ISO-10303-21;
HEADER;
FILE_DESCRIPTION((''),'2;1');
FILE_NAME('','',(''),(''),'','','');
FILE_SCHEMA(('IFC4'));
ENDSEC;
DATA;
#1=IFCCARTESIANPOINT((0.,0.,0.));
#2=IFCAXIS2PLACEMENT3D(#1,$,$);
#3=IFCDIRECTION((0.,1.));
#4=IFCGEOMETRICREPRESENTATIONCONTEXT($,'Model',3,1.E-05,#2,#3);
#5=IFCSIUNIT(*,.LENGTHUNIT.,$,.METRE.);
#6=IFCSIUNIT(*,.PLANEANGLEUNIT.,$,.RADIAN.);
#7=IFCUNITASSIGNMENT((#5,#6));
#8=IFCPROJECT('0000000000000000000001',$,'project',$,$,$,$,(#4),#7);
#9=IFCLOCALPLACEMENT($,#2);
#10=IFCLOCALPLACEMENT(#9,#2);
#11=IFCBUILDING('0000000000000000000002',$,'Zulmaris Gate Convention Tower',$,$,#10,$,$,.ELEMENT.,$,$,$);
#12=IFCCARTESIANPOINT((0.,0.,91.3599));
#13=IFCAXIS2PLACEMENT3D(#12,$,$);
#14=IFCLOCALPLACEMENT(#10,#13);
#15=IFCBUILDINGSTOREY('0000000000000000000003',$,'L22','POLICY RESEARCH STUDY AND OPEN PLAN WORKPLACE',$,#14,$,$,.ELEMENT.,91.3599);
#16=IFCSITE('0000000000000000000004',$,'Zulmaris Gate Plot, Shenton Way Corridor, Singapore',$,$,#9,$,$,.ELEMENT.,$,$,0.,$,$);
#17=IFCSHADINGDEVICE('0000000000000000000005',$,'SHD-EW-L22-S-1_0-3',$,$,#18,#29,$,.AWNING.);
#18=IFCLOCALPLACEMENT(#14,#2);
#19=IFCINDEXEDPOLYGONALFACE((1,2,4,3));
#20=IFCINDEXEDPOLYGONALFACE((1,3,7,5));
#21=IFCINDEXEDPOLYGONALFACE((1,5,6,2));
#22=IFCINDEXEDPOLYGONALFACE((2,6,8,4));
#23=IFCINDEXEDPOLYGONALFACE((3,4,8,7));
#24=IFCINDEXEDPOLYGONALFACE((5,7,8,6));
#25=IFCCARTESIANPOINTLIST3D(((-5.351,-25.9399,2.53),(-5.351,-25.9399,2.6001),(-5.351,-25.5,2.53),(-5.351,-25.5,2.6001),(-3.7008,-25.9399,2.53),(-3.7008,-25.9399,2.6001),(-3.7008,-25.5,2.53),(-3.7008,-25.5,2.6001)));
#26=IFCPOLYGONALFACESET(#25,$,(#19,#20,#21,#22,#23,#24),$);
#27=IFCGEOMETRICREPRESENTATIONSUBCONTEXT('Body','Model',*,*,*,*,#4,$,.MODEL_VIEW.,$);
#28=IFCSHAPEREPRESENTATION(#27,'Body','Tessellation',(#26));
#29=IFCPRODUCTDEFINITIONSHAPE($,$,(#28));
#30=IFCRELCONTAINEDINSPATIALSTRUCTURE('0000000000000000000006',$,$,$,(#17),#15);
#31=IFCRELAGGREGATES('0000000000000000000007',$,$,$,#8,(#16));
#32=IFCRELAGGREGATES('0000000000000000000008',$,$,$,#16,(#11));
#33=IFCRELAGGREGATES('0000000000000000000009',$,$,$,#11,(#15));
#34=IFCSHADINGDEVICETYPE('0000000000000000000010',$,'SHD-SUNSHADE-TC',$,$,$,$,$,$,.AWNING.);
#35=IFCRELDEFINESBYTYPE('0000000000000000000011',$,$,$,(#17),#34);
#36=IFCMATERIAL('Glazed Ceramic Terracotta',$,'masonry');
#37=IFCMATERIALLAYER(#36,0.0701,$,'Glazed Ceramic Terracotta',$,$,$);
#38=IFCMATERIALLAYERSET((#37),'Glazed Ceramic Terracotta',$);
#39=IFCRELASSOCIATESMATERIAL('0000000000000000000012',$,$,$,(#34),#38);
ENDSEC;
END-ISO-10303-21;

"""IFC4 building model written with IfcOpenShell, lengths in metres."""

from ifc_helpers import new_model, si_unit, direction, frame, frame_2d, origin, place, context, subcontext, project, spatial, rectangle, extrude, material, layer, layer_set, type_object, element, save


model = new_model("IFC4")

# Units and contexts
model_context = context("Model", 3, precision=1e-05, world=origin(), true_north=direction((0.0, 1.0)))
body_context = subcontext(model_context, "Body", "Model", "MODEL_VIEW")
ifc_project = project(units=[si_unit("LENGTHUNIT", "METRE"), si_unit("PLANEANGLEUNIT", "RADIAN")], contexts=[model_context])

# Site, building, storey
site_placement = place(None, origin())
site = spatial("IfcSite", under=ifc_project, at=site_placement, Name="Zulmaris Gate Plot, Shenton Way Corridor, Singapore", CompositionType="ELEMENT", RefElevation=0.0)
building_placement = place(site_placement, origin())
building = spatial("IfcBuilding", under=site, at=building_placement, Name="Zulmaris Gate Convention Tower", CompositionType="ELEMENT")
storey_placement = place(building_placement, frame((0.0, 0.0, 91.3599)))
storey = spatial("IfcBuildingStorey", under=building, at=storey_placement, Name="L22", Description="POLICY RESEARCH STUDY AND OPEN PLAN WORKPLACE", CompositionType="ELEMENT", Elevation=91.3599)

# Shading device
ifc_material_1 = material(Name="Glazed Ceramic Terracotta", Category="masonry")
ifc_layer_1 = layer(ifc_material_1, 0.0701, Name="Glazed Ceramic Terracotta")
ifc_layer_set_1 = layer_set([ifc_layer_1], Name="Glazed Ceramic Terracotta")
shading_device_type = type_object("IfcShadingDeviceType", Name="SHD-SUNSHADE-TC", PredefinedType="AWNING", material=ifc_layer_set_1)
shading_device_placement = place(storey_placement, frame((-5.3511, -25.72, 2.53), z_axis=(0.0, 0.0, 1.0), x_axis=(1.0, 0.0, 0.0)))
element("IfcShadingDevice", 1, at=shading_device_placement, inside=storey, type_object=shading_device_type, Name="SHD-EW-L22-S-1_0-3", PredefinedType="AWNING", context=body_context, shape_type="SweptSolid", body=[
    extrude(rectangle(XDim=1.6501, YDim=0.4399, at=frame_2d((0.8252, 0.0))), origin(), (0.0, 0.0, 1.0), 0.0701),
])

save(model, "model.ifc")
